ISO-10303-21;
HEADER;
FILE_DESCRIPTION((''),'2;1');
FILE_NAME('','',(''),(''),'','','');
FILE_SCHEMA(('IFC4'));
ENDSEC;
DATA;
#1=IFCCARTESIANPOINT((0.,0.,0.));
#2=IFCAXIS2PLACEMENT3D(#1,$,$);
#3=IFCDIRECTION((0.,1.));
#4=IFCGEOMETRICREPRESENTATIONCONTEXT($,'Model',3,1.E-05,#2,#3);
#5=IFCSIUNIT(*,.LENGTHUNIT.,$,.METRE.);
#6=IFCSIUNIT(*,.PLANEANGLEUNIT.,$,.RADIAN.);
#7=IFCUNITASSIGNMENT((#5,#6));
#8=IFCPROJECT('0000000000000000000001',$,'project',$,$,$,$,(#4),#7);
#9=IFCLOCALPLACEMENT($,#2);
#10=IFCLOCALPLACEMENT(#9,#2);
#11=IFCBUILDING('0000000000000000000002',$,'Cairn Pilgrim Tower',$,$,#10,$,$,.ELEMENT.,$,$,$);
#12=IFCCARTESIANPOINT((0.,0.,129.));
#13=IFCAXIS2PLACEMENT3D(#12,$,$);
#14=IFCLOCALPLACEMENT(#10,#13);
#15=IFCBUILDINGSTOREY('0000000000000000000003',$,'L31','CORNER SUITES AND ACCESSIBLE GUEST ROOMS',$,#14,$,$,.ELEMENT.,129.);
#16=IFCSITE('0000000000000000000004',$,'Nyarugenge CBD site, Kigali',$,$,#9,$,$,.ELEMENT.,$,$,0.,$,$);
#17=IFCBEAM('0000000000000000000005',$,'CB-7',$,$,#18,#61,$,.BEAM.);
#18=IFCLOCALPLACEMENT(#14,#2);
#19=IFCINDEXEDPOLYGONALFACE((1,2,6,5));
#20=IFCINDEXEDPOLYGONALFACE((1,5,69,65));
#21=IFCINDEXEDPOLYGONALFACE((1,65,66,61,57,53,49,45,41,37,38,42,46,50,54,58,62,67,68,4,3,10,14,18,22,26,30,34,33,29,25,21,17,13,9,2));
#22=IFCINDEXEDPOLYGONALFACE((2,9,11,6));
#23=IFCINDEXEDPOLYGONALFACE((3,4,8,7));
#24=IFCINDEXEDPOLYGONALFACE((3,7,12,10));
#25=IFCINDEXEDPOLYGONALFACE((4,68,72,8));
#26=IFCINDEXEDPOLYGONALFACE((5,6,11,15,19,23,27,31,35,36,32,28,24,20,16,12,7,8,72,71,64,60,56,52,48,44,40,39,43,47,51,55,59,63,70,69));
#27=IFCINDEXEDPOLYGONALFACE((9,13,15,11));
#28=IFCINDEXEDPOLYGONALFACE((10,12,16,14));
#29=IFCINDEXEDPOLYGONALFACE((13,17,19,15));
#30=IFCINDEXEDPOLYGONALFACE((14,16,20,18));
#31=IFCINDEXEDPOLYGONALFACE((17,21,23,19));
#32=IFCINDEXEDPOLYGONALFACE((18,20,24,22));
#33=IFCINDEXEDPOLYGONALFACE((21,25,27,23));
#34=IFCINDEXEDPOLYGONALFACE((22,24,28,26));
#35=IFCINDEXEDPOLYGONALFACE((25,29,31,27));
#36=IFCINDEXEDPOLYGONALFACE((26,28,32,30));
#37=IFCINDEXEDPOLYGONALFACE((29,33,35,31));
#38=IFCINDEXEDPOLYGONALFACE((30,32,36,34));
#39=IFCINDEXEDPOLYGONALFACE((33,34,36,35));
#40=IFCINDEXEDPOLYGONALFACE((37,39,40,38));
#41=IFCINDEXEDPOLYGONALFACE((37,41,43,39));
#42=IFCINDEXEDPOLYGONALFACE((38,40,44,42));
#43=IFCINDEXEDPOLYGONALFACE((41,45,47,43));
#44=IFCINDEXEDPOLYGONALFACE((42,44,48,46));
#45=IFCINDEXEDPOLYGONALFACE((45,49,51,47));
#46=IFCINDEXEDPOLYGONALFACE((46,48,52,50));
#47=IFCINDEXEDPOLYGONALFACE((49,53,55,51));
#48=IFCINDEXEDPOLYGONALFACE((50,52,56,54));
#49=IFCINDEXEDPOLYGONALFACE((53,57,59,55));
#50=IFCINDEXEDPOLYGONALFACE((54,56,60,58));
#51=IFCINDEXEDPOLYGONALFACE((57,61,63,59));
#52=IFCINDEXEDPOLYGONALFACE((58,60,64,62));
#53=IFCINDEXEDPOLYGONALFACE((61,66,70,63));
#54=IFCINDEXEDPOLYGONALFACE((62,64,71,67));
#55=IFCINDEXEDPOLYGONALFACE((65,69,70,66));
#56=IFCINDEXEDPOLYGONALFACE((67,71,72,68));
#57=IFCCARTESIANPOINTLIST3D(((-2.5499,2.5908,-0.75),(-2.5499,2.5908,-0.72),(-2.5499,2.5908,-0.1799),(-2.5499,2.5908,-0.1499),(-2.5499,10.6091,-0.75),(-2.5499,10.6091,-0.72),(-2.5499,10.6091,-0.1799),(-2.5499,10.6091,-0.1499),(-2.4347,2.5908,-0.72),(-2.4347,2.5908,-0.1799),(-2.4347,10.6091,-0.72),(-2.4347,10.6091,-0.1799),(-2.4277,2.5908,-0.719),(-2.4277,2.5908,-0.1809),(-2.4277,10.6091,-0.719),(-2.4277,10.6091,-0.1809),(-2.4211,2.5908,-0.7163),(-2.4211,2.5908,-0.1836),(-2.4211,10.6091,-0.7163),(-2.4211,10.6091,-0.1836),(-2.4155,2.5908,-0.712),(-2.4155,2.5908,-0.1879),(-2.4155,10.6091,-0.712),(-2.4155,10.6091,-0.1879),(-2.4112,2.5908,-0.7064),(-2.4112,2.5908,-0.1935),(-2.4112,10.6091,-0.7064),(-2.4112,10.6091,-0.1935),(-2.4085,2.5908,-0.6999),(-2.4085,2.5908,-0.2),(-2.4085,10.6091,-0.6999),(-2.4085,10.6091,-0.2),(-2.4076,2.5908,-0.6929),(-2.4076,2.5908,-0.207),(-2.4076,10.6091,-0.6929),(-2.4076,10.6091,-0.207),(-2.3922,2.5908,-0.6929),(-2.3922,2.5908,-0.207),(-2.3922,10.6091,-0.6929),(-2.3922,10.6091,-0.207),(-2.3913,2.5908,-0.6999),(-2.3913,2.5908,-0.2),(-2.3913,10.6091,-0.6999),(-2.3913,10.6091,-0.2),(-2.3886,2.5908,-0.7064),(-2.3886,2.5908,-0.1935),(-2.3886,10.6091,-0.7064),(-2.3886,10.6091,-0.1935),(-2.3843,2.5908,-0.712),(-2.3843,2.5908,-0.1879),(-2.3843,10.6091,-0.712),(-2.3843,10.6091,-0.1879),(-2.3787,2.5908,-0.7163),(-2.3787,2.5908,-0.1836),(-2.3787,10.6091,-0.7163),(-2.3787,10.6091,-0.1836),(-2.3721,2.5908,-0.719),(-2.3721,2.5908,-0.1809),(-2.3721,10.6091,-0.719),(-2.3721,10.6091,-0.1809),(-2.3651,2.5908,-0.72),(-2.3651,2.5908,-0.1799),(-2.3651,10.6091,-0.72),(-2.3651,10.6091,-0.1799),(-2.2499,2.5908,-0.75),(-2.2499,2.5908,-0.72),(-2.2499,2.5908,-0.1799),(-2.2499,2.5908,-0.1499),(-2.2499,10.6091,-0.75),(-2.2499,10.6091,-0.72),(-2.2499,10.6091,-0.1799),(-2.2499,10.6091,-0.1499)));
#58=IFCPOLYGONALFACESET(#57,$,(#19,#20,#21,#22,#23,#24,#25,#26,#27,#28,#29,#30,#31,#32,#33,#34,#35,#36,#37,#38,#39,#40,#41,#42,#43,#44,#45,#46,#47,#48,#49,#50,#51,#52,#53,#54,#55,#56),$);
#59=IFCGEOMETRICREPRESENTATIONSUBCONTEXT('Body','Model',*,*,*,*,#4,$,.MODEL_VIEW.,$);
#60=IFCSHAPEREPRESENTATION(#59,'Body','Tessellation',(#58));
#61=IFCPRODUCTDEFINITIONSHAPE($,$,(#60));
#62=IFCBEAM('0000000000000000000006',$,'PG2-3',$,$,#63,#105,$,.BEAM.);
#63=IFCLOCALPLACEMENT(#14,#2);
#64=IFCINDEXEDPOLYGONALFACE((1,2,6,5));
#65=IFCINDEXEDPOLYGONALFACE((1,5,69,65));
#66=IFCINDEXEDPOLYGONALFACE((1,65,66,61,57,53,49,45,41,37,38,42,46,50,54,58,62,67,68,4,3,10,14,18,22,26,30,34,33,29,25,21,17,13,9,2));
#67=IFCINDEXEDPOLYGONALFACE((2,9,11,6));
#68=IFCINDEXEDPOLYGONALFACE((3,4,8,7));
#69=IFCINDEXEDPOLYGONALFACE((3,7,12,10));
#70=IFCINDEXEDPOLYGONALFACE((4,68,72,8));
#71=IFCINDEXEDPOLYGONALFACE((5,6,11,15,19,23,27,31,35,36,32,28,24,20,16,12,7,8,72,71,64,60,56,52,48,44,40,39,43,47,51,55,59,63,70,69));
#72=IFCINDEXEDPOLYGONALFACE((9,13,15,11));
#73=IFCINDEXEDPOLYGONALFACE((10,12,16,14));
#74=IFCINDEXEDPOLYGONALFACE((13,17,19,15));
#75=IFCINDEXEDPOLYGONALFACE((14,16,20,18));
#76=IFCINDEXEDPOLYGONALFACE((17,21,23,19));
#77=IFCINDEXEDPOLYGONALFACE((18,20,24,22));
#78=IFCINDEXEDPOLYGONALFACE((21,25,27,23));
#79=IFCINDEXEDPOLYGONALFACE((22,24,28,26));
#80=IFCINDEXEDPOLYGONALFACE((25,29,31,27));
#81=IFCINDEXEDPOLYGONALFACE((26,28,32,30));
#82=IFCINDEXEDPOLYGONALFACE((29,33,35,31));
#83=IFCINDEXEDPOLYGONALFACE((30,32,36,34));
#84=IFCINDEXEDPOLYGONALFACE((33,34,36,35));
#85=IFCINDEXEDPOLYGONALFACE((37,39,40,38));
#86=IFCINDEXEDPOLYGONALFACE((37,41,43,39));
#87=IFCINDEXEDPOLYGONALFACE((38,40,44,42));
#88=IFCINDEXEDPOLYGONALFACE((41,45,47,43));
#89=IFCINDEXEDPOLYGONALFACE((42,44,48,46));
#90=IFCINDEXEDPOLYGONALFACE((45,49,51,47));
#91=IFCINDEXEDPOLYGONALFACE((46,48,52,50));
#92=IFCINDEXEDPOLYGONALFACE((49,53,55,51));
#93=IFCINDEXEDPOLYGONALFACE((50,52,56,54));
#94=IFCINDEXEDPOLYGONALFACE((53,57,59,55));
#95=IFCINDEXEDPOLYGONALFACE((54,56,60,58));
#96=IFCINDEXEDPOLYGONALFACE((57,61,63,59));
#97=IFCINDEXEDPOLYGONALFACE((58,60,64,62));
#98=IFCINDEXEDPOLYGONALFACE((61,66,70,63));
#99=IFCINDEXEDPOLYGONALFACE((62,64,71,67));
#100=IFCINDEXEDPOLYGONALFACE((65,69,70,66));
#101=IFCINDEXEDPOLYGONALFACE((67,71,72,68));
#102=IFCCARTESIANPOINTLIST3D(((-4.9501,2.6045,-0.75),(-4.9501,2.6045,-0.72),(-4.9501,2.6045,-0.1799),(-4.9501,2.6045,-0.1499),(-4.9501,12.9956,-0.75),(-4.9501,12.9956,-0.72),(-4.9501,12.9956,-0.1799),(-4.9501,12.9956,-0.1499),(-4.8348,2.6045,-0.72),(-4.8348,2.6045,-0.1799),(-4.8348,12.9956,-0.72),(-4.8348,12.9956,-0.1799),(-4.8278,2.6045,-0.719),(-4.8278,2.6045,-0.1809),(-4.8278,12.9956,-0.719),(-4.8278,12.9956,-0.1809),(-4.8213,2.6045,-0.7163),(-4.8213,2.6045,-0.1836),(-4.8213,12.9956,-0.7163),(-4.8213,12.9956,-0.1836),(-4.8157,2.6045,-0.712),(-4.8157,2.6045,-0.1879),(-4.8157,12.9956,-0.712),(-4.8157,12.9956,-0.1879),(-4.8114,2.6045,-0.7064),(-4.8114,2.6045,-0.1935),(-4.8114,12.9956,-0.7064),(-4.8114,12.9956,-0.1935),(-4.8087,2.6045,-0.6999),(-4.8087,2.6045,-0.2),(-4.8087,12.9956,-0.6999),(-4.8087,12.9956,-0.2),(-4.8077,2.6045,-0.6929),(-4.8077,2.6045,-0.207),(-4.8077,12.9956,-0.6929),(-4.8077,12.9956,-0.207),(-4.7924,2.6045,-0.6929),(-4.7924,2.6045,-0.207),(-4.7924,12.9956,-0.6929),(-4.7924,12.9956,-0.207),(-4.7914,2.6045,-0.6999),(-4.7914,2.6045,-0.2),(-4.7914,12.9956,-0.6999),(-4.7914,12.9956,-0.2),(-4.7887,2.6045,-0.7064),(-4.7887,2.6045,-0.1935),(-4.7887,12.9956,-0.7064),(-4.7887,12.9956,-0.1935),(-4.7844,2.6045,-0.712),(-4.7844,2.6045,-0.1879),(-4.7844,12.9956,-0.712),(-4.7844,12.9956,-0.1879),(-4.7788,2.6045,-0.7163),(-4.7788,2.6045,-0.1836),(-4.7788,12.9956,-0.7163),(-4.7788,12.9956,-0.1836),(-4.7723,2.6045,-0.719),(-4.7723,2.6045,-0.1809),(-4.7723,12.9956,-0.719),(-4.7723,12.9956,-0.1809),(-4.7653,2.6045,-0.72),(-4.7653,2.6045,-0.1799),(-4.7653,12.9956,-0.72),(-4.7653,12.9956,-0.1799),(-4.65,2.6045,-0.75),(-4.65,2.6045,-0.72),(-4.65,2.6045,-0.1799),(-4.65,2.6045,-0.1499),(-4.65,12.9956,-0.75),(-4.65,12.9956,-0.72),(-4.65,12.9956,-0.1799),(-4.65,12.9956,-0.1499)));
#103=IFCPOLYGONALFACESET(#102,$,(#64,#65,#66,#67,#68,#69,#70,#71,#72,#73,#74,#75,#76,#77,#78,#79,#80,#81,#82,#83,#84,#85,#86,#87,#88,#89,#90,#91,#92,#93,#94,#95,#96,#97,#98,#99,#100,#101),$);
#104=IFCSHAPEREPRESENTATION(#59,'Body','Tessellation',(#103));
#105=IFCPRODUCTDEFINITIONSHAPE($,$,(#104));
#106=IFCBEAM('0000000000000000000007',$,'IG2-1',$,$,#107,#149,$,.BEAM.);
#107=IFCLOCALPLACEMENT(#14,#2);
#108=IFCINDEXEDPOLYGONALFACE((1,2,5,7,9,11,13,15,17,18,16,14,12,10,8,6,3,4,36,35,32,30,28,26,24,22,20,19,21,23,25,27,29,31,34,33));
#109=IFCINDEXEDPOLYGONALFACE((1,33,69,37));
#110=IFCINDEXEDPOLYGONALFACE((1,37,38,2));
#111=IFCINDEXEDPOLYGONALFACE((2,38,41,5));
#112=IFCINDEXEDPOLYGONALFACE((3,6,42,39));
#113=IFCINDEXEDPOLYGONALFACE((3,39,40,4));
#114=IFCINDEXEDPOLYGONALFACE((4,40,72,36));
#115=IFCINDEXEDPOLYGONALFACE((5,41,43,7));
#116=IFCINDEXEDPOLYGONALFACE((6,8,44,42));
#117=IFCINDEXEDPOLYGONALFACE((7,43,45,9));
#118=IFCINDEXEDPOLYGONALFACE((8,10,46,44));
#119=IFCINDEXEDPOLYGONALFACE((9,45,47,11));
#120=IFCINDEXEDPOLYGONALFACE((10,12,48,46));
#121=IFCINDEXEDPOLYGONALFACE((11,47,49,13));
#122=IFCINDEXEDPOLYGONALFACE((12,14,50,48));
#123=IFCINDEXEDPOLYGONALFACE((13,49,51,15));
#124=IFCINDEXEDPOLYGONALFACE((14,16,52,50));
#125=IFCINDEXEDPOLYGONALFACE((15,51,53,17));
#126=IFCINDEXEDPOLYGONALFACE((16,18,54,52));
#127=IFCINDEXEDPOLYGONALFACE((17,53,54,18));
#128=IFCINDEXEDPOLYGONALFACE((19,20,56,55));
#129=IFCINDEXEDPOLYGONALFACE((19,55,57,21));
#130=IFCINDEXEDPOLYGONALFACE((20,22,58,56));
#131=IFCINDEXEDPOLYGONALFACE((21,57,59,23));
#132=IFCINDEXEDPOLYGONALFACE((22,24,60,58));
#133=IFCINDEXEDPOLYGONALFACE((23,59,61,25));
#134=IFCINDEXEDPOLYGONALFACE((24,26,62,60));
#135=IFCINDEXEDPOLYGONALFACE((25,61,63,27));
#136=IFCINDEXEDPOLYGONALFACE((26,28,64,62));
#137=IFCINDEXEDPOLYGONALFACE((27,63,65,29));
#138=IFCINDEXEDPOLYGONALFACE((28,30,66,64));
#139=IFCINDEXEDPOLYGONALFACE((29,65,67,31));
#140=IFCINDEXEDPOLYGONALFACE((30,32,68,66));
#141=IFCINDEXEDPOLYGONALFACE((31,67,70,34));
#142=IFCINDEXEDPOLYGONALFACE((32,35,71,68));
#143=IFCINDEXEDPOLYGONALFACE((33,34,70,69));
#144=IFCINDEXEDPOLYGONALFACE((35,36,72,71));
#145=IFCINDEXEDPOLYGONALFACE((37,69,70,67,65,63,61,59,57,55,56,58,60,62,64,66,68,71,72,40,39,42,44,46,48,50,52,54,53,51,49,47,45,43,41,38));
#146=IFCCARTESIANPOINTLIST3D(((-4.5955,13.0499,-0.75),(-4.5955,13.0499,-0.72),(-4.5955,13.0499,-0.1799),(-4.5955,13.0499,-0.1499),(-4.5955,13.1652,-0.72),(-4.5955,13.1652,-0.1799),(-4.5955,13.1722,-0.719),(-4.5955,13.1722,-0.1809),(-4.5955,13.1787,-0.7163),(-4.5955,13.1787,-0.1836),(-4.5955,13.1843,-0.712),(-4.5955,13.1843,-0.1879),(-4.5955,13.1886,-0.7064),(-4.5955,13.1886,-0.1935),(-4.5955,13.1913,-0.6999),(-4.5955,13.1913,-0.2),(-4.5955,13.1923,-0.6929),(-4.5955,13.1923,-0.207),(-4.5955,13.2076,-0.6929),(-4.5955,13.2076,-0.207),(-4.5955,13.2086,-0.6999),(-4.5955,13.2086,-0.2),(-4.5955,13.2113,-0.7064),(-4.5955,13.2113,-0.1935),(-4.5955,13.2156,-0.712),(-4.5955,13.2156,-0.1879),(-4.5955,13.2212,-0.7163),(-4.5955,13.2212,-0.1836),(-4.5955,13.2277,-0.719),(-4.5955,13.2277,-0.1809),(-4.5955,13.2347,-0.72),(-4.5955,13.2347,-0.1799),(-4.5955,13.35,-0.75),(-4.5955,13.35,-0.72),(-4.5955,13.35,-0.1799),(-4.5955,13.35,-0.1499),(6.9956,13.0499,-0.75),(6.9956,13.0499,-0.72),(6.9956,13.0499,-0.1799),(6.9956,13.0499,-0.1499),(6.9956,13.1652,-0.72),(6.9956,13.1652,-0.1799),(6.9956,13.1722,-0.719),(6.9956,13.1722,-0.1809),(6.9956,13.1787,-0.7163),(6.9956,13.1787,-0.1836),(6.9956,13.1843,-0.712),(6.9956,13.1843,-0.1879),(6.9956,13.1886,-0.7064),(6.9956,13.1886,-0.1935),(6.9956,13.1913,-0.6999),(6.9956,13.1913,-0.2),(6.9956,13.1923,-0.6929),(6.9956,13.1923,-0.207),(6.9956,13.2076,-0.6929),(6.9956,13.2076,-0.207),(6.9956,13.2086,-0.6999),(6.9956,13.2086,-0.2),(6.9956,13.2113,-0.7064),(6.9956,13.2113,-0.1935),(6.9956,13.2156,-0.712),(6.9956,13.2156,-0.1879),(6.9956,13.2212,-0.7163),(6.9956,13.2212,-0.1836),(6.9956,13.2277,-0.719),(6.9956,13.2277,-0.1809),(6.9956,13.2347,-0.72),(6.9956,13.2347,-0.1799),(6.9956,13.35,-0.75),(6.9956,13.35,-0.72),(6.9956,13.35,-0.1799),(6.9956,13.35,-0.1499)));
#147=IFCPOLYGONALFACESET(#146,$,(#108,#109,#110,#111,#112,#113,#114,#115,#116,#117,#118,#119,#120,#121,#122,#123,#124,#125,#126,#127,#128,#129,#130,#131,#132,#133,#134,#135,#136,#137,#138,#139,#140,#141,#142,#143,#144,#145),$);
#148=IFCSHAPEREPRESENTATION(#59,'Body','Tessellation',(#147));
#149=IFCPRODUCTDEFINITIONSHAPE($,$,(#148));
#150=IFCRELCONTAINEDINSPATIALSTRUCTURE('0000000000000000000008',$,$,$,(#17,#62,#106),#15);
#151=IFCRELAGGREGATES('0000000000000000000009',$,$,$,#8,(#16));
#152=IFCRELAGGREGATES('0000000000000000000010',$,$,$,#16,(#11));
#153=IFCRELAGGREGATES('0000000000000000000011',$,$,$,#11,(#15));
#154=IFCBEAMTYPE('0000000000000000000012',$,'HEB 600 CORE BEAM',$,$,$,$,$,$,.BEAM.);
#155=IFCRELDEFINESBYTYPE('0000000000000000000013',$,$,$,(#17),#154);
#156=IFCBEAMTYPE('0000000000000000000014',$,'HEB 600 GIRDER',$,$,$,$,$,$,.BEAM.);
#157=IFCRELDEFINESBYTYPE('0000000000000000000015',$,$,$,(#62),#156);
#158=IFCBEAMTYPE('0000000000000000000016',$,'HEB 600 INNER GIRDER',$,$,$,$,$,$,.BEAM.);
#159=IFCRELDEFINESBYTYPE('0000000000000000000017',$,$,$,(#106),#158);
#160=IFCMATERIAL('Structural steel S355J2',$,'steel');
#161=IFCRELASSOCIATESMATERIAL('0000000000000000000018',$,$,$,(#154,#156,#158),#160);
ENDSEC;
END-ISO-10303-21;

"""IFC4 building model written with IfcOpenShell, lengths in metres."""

from ifc_helpers import new_model, si_unit, direction, frame, origin, origin_2d, place, context, subcontext, project, spatial, i_section, extrude, material, material_profile, profile_set, type_object, element, save


model = new_model("IFC4")

# Units and contexts
model_context = context("Model", 3, precision=1e-05, world=origin(), true_north=direction((0.0, 1.0)))
body_context = subcontext(model_context, "Body", "Model", "MODEL_VIEW")
ifc_project = project(units=[si_unit("LENGTHUNIT", "METRE"), si_unit("PLANEANGLEUNIT", "RADIAN")], contexts=[model_context])

# Site, building, storey
site_placement = place(None, origin())
site = spatial("IfcSite", under=ifc_project, at=site_placement, Name="Nyarugenge CBD site, Kigali", CompositionType="ELEMENT", RefElevation=0.0)
building_placement = place(site_placement, origin())
building = spatial("IfcBuilding", under=site, at=building_placement, Name="Cairn Pilgrim Tower", CompositionType="ELEMENT")
storey_placement = place(building_placement, frame((0.0, 0.0, 129.0)))
storey = spatial("IfcBuildingStorey", under=building, at=storey_placement, Name="L31", Description="CORNER SUITES AND ACCESSIBLE GUEST ROOMS", CompositionType="ELEMENT", Elevation=129.0)

# Beams
ifc_material_1 = material(Name="Structural steel S355J2", Category="steel")
ifc_material_profile_1 = material_profile(ifc_material_1, i_section(OverallWidth=0.3, OverallDepth=0.6001, WebThickness=0.0154, FlangeThickness=0.03, FilletRadius=0.0271, at=origin_2d()), Name="HEB 600")
ifc_profile_set_1 = profile_set([ifc_material_profile_1], Name="Structural steel S355J2")
beam_type_1 = type_object("IfcBeamType", Name="HEB 600 CORE BEAM", PredefinedType="BEAM", material=ifc_profile_set_1)
beam_1_placement = place(storey_placement, frame((-2.3999, 10.6091, -0.45), z_axis=(0.0, -1.0, 0.0), x_axis=(1.0, 0.0, 0.0)))
element("IfcBeam", 1, at=beam_1_placement, inside=storey, type_object=beam_type_1, Name="CB-7", PredefinedType="BEAM", context=body_context, shape_type="SweptSolid", body=[
    extrude(i_section(OverallWidth=0.3, OverallDepth=0.6001, WebThickness=0.0154, FlangeThickness=0.03, FilletRadius=0.0271, at=origin_2d()), origin(), (0.0, 0.0, 1.0), 8.0183),
])
ifc_material_profile_2 = material_profile(ifc_material_1, i_section(OverallWidth=0.3, OverallDepth=0.6001, WebThickness=0.0154, FlangeThickness=0.03, FilletRadius=0.0271, at=origin_2d()), Name="HEB 600")
ifc_profile_set_2 = profile_set([ifc_material_profile_2], Name="Structural steel S355J2")
beam_type_2 = type_object("IfcBeamType", Name="HEB 600 GIRDER", PredefinedType="BEAM", material=ifc_profile_set_2)
beam_2_placement = place(storey_placement, frame((-4.8, 2.6045, -0.45), z_axis=(0.0, 1.0, 0.0), x_axis=(-1.0, 0.0, 0.0)))
element("IfcBeam", 2, at=beam_2_placement, inside=storey, type_object=beam_type_2, Name="PG2-3", PredefinedType="BEAM", context=body_context, shape_type="SweptSolid", body=[
    extrude(i_section(OverallWidth=0.3, OverallDepth=0.6001, WebThickness=0.0154, FlangeThickness=0.03, FilletRadius=0.0271, at=origin_2d()), origin(), (0.0, 0.0, 1.0), 10.3911),
])
ifc_material_profile_3 = material_profile(ifc_material_1, i_section(OverallWidth=0.3, OverallDepth=0.6001, WebThickness=0.0154, FlangeThickness=0.03, FilletRadius=0.0271, at=origin_2d()), Name="HEB 600")
ifc_profile_set_3 = profile_set([ifc_material_profile_3], Name="Structural steel S355J2")
beam_type_3 = type_object("IfcBeamType", Name="HEB 600 INNER GIRDER", PredefinedType="BEAM", material=ifc_profile_set_3)
beam_3_placement = place(storey_placement, frame((-4.5955, 13.2, -0.45), z_axis=(1.0, 0.0, 0.0), x_axis=(0.0, 1.0, 0.0)))
element("IfcBeam", 3, at=beam_3_placement, inside=storey, type_object=beam_type_3, Name="IG2-1", PredefinedType="BEAM", context=body_context, shape_type="SweptSolid", body=[
    extrude(i_section(OverallWidth=0.3, OverallDepth=0.6001, WebThickness=0.0154, FlangeThickness=0.03, FilletRadius=0.0271, at=origin_2d()), origin(), (0.0, 0.0, 1.0), 11.5911),
])

save(model, "model.ifc")
